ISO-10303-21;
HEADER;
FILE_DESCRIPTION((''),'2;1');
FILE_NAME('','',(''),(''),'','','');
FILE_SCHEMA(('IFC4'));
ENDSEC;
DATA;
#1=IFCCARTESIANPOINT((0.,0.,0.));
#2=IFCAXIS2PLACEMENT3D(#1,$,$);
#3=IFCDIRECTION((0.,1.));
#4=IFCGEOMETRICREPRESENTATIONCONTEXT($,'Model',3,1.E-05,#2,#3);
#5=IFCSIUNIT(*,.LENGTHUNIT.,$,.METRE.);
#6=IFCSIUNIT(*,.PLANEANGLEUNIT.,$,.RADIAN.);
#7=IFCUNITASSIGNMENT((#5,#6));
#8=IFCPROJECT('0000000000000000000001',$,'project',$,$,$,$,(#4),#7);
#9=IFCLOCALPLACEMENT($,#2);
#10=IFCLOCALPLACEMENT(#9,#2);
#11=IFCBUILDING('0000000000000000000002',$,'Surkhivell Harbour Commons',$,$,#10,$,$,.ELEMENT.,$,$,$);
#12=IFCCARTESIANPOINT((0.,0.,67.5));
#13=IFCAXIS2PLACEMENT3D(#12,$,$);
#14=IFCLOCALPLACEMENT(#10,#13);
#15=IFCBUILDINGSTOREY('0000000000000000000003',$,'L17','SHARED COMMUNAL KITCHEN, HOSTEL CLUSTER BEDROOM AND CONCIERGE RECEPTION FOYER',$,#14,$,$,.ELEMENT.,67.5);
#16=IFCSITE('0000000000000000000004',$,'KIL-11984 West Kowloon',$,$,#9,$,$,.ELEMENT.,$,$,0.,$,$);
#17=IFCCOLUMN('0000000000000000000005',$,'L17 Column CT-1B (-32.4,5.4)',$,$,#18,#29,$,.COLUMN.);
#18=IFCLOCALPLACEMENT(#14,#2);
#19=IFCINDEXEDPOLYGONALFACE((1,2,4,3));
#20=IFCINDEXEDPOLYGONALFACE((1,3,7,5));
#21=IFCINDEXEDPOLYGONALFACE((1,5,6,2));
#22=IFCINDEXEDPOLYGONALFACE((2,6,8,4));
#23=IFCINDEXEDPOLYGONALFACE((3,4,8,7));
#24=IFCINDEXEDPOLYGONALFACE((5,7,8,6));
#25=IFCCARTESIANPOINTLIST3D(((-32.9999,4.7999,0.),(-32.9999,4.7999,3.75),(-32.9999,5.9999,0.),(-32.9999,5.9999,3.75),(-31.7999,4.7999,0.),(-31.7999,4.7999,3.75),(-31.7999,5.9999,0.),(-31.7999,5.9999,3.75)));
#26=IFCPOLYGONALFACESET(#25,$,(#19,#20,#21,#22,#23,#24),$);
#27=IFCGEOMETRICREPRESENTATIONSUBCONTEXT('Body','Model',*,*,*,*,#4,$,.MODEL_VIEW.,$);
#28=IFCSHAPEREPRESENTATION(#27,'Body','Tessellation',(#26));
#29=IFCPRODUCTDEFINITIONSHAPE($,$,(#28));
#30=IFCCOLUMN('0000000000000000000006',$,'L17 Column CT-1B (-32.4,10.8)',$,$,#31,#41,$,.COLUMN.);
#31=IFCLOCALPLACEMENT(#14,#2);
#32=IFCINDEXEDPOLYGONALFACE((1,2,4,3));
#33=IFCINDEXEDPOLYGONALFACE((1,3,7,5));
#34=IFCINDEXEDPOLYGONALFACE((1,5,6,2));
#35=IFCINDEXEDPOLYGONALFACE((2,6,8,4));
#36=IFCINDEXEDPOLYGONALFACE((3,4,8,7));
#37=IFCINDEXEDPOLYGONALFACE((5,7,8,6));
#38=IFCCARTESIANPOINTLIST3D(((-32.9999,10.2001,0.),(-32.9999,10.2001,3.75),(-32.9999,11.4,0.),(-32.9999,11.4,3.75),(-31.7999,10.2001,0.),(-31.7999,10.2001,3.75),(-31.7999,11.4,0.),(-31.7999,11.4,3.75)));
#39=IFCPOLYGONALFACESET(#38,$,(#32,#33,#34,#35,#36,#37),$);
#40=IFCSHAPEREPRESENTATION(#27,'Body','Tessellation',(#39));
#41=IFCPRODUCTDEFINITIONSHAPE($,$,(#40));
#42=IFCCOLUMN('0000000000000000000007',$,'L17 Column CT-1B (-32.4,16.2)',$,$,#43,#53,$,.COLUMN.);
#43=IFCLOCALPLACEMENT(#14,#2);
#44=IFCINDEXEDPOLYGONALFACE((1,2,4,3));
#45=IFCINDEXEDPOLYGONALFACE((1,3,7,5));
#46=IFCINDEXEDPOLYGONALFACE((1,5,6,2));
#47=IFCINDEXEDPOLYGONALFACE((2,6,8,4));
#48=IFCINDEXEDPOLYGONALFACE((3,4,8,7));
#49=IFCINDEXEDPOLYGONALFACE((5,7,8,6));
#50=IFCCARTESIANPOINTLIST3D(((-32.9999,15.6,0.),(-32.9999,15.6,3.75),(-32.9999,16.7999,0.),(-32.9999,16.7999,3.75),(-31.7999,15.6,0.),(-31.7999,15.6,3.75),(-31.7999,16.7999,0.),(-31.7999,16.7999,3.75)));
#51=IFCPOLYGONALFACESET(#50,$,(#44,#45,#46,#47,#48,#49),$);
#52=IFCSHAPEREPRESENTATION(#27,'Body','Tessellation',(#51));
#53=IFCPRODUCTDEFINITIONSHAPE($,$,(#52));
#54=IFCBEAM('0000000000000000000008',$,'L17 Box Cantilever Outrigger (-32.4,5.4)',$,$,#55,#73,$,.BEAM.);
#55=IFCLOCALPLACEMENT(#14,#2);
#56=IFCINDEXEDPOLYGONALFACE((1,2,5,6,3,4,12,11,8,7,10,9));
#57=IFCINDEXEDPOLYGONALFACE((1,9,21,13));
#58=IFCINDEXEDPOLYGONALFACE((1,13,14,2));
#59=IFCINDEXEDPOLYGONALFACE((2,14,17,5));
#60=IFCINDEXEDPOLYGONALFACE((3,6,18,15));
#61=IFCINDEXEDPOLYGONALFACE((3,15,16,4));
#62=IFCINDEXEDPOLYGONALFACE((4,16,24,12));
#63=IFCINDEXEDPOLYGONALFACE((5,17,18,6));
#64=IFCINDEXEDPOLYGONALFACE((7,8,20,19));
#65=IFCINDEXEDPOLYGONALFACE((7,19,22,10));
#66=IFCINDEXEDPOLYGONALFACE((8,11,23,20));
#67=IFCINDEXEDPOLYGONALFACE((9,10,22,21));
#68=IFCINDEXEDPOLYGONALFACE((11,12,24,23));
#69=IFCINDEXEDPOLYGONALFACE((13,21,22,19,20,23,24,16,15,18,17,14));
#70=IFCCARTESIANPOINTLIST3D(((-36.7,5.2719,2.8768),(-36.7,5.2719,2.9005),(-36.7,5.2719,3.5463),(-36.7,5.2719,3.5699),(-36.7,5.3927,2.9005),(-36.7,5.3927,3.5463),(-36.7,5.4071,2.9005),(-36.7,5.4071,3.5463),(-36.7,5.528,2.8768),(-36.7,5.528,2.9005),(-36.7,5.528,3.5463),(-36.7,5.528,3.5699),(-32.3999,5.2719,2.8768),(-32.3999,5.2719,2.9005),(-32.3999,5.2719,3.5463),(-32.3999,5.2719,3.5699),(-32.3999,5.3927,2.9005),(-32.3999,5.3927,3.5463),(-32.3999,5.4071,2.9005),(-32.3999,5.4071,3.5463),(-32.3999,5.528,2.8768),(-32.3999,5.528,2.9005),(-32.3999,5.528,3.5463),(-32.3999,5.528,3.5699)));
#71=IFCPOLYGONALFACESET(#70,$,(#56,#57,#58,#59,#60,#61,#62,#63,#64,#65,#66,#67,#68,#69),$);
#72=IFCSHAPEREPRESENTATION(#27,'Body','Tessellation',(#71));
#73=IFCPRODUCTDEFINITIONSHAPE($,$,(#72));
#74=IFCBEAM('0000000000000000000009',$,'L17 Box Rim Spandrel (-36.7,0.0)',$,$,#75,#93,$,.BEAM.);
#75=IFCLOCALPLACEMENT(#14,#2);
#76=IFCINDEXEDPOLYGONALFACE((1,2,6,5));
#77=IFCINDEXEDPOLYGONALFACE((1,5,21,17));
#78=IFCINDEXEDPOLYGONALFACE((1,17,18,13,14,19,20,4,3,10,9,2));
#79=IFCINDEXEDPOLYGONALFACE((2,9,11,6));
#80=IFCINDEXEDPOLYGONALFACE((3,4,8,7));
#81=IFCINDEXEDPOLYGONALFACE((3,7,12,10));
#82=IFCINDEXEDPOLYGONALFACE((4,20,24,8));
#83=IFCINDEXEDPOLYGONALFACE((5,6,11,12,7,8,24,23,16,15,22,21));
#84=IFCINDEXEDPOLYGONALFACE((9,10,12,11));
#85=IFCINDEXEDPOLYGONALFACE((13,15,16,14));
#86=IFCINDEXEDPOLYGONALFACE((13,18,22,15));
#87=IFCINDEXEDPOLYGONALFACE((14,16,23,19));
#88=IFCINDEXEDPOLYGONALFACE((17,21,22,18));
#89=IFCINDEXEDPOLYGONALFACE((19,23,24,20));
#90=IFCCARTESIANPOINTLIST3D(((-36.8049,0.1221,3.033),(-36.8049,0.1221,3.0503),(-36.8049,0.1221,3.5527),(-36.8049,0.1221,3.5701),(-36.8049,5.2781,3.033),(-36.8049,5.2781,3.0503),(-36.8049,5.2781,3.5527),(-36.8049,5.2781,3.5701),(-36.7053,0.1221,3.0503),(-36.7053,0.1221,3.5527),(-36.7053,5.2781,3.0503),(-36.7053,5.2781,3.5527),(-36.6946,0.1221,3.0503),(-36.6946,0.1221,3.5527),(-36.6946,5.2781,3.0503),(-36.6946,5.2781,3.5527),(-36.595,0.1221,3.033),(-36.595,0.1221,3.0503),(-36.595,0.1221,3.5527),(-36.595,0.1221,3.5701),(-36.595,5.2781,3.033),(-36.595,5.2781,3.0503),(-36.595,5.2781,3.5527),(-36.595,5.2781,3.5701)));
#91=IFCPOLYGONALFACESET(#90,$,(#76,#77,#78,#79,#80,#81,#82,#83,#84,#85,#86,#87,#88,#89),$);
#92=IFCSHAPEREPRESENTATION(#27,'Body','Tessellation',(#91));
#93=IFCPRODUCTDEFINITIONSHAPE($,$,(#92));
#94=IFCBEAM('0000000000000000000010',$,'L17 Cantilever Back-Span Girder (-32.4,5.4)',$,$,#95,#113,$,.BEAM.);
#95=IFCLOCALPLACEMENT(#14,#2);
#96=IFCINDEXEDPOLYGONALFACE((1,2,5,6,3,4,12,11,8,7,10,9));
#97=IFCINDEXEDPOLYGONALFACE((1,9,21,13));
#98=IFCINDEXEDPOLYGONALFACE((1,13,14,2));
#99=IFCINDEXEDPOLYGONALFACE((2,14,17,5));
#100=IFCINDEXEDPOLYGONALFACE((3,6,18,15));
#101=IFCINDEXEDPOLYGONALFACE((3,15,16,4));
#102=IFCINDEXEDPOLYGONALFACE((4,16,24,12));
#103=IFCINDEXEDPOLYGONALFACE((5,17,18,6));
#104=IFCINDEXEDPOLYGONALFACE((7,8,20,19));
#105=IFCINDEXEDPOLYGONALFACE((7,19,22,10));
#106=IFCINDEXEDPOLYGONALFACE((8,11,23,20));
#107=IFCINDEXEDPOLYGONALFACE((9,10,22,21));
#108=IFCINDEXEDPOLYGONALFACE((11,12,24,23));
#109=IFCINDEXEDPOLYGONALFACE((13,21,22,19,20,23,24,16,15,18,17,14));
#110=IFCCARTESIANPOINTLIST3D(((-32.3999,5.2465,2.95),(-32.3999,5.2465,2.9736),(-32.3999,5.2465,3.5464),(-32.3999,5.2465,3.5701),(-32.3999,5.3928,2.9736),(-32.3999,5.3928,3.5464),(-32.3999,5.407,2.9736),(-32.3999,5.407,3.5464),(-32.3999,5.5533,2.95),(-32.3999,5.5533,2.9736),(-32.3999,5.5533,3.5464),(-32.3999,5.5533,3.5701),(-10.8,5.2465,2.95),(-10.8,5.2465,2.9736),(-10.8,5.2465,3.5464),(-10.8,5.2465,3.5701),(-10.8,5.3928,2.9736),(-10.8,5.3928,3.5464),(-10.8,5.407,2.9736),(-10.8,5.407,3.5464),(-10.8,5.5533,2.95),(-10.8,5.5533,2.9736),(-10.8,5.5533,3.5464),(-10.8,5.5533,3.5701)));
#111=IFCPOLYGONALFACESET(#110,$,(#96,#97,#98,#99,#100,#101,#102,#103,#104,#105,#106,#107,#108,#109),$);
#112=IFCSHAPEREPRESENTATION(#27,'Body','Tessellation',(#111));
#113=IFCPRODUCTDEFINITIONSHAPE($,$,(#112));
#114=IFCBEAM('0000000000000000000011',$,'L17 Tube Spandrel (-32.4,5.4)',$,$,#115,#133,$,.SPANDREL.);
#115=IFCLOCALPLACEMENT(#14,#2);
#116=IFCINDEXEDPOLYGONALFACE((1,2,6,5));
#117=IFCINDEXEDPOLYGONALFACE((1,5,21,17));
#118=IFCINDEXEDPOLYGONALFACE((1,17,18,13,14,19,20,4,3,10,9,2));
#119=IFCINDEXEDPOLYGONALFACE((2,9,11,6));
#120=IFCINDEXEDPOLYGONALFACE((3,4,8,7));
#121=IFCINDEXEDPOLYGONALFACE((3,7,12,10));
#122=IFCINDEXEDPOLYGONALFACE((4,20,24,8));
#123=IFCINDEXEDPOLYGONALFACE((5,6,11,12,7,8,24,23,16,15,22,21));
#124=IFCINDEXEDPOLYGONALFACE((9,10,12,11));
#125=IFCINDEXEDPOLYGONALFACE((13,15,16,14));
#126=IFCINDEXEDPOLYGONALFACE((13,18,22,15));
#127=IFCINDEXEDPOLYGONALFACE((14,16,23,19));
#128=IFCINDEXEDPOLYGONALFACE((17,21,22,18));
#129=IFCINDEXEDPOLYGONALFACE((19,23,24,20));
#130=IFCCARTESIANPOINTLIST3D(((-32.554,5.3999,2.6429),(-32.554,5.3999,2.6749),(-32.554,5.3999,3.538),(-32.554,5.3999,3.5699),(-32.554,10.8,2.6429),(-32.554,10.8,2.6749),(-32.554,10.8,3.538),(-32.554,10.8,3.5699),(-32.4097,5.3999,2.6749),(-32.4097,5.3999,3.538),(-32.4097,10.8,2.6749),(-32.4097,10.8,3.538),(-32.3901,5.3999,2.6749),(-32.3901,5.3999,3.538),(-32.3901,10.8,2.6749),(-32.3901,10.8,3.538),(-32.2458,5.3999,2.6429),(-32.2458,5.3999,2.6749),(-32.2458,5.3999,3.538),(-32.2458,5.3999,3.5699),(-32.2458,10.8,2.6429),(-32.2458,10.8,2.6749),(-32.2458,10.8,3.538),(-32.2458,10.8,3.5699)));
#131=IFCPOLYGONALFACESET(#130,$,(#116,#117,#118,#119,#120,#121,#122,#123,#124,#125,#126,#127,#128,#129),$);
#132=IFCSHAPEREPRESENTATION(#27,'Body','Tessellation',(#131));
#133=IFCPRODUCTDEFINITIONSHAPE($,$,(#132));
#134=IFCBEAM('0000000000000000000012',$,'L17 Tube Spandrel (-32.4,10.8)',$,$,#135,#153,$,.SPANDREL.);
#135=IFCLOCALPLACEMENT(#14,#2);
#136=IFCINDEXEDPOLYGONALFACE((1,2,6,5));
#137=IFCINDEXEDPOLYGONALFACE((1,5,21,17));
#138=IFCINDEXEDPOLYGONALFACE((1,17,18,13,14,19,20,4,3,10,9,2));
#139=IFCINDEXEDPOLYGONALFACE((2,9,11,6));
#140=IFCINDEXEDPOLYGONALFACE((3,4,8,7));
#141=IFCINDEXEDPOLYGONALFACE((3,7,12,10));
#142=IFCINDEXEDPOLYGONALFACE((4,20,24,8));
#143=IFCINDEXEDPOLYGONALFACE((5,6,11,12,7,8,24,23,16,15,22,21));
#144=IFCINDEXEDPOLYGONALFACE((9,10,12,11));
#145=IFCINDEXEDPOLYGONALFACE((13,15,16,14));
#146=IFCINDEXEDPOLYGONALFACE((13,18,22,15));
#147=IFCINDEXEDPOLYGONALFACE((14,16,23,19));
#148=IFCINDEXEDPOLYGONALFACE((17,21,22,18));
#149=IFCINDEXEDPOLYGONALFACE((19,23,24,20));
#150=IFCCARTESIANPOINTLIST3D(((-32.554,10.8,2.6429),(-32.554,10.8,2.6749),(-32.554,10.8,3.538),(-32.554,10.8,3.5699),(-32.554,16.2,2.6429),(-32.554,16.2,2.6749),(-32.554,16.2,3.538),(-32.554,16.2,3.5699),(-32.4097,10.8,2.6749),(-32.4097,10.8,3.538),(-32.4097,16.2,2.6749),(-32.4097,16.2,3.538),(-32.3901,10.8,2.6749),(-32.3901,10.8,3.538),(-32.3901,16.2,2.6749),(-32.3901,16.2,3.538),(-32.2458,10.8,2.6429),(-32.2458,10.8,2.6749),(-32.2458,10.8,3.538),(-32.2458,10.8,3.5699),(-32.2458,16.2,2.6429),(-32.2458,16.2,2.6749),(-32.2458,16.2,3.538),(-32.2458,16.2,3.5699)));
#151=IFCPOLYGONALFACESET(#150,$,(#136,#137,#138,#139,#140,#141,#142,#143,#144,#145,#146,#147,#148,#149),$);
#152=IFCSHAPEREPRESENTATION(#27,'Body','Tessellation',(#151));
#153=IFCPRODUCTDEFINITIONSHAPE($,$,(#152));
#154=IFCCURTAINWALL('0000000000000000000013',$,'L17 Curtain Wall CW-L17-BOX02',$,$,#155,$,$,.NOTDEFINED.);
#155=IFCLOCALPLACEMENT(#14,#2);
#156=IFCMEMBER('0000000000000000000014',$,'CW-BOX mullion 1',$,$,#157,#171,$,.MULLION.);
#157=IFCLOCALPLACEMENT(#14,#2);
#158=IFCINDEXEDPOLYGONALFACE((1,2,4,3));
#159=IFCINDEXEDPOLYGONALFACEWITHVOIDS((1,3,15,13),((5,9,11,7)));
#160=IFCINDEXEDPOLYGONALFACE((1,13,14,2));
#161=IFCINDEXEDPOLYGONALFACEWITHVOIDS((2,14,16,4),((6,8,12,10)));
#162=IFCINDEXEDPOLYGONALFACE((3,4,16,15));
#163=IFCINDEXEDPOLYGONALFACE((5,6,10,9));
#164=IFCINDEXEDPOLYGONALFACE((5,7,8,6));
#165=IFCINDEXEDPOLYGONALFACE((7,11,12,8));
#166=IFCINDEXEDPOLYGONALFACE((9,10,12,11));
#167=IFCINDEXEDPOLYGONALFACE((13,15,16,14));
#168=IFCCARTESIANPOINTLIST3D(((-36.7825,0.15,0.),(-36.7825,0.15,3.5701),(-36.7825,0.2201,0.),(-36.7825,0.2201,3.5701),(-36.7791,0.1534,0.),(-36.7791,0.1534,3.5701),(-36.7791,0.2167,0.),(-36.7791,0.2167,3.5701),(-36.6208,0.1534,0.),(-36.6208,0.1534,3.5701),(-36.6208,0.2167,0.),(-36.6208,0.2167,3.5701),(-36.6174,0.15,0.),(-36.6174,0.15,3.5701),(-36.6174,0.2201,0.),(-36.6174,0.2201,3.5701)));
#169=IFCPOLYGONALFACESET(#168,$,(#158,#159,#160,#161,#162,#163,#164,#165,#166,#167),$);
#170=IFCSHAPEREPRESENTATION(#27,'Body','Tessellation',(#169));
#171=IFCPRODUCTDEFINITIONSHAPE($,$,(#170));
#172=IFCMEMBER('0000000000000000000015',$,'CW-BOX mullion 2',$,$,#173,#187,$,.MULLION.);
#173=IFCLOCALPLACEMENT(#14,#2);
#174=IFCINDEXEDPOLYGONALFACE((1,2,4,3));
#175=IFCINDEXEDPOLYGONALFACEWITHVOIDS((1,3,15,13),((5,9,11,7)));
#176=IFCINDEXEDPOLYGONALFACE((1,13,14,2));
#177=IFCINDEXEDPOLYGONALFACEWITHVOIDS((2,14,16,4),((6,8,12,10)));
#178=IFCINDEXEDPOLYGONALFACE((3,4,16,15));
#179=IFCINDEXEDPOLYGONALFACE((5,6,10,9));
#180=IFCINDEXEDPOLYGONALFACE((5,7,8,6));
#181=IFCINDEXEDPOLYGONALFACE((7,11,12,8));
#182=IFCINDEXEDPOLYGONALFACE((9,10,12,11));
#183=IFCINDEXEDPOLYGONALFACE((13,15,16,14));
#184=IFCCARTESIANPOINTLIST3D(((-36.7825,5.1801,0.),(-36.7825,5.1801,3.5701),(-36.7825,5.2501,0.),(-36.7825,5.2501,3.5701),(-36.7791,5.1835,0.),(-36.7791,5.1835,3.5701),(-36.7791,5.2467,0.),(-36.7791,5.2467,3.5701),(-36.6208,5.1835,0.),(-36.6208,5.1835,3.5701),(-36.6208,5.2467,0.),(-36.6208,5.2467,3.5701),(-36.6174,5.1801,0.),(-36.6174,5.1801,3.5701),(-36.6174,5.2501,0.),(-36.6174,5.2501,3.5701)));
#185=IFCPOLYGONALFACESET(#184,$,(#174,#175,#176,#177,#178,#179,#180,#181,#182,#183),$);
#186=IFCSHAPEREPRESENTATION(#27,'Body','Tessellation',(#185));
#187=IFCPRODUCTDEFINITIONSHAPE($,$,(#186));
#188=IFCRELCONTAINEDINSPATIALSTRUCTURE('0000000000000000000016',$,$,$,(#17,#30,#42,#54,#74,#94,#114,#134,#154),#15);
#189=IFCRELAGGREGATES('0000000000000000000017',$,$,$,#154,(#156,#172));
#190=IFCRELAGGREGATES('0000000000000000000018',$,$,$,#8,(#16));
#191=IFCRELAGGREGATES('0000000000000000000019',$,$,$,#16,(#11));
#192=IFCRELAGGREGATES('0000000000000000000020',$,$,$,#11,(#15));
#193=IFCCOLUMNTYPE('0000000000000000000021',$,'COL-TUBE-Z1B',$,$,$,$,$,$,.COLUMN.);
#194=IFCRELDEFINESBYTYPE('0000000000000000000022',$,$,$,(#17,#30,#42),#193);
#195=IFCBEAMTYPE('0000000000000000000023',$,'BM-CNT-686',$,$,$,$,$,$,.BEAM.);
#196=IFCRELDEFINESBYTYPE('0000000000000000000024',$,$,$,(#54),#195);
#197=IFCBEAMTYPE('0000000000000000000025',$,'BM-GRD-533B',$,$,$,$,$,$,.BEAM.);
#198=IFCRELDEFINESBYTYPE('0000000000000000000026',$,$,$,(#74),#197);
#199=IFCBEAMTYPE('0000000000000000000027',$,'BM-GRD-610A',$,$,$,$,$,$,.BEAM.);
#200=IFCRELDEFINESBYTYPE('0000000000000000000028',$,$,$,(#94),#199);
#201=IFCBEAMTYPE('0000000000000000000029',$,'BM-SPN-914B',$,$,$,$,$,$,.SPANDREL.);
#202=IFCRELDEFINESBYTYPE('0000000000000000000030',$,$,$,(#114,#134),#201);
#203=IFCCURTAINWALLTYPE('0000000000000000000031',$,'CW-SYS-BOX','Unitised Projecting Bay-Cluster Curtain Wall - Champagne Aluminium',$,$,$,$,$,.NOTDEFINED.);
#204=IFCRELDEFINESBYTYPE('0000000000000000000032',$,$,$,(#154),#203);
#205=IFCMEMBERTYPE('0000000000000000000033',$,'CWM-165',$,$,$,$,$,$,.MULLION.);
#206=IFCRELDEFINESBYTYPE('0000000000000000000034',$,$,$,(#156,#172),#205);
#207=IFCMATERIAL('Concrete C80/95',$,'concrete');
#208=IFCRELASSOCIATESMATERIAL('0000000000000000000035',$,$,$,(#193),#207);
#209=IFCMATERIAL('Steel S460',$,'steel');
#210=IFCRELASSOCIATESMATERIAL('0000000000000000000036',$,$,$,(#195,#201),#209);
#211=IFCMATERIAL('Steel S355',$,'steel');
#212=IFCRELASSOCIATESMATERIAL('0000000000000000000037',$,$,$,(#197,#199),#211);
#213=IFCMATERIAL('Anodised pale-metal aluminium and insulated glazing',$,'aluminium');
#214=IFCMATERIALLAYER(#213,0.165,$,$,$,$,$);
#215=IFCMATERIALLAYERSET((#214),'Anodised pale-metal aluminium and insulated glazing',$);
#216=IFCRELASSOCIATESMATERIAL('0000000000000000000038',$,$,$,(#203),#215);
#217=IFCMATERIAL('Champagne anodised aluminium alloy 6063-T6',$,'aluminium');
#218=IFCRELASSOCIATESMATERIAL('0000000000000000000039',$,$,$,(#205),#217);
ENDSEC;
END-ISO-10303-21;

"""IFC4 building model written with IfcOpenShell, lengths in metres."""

from ifc_helpers import new_model, si_unit, direction, frame, origin, origin_2d, place, context, subcontext, project, spatial, rectangle, hollow_rectangle, i_section, extrude, material, layer, layer_set, material_profile, profile_set, type_object, element, aggregate, save


model = new_model("IFC4")

# Units and contexts
model_context = context("Model", 3, precision=1e-05, world=origin(), true_north=direction((0.0, 1.0)))
body_context = subcontext(model_context, "Body", "Model", "MODEL_VIEW")
ifc_project = project(units=[si_unit("LENGTHUNIT", "METRE"), si_unit("PLANEANGLEUNIT", "RADIAN")], contexts=[model_context])

# Site, building, storey
site_placement = place(None, origin())
site = spatial("IfcSite", under=ifc_project, at=site_placement, Name="KIL-11984 West Kowloon", CompositionType="ELEMENT", RefElevation=0.0)
building_placement = place(site_placement, origin())
building = spatial("IfcBuilding", under=site, at=building_placement, Name="Surkhivell Harbour Commons", CompositionType="ELEMENT")
storey_placement = place(building_placement, frame((0.0, 0.0, 67.5)))
storey = spatial("IfcBuildingStorey", under=building, at=storey_placement, Name="L17", Description="SHARED COMMUNAL KITCHEN, HOSTEL CLUSTER BEDROOM AND CONCIERGE RECEPTION FOYER", CompositionType="ELEMENT", Elevation=67.5)

# Columns
ifc_material_1 = material(Name="Concrete C80/95", Category="concrete")
ifc_material_profile_1 = material_profile(ifc_material_1, rectangle(XDim=1.2, YDim=1.2, at=origin_2d()), Name="RC-COL-1200x1200")
ifc_profile_set_1 = profile_set([ifc_material_profile_1], Name="Concrete C80/95")
column_type = type_object("IfcColumnType", Name="COL-TUBE-Z1B", PredefinedType="COLUMN", material=ifc_profile_set_1)
for number, where, z_axis, x_axis, name in (
    (1, (-32.3999, 5.3999, 0.0), (0.0, 0.0, 1.0), (1.0, 0.0, 0.0), "L17 Column CT-1B (-32.4,5.4)"),
    (2, (-32.3999, 10.8, 0.0), (0.0, 0.0, 1.0), (1.0, 0.0, 0.0), "L17 Column CT-1B (-32.4,10.8)"),
    (3, (-32.3999, 16.2, 0.0), (0.0, 0.0, 1.0), (1.0, 0.0, 0.0), "L17 Column CT-1B (-32.4,16.2)"),
):
    element("IfcColumn", number, at=place(storey_placement, frame(where, z_axis=z_axis, x_axis=x_axis)), inside=storey, type_object=column_type, Name=name, PredefinedType="COLUMN", context=body_context, shape_type="SweptSolid", body=[
        extrude(rectangle(XDim=1.2, YDim=1.2, at=origin_2d()), origin(), (0.0, 0.0, 1.0), 3.75),
    ])

# Beams
ifc_material_2 = material(Name="Steel S460", Category="steel")
ifc_material_profile_2 = material_profile(ifc_material_2, i_section(OverallWidth=0.2561, OverallDepth=0.6931, WebThickness=0.0144, FlangeThickness=0.0237, at=origin_2d()), Name="UB686x254x170")
ifc_profile_set_2 = profile_set([ifc_material_profile_2], Name="Steel S460")
beam_type_1 = type_object("IfcBeamType", Name="BM-CNT-686", PredefinedType="BEAM", material=ifc_profile_set_2)
beam_1_placement = place(storey_placement, frame((-32.3999, 5.3999, 3.2234), z_axis=(-1.0, 0.0, 0.0), x_axis=(0.0, -1.0, 0.0)))
element("IfcBeam", 4, at=beam_1_placement, inside=storey, type_object=beam_type_1, Name="L17 Box Cantilever Outrigger (-32.4,5.4)", PredefinedType="BEAM", context=body_context, shape_type="SweptSolid", body=[
    extrude(i_section(OverallWidth=0.2561, OverallDepth=0.6931, WebThickness=0.0144, FlangeThickness=0.0237, at=origin_2d()), origin(), (0.0, 0.0, 1.0), 4.3),
])
ifc_material_3 = material(Name="Steel S355", Category="steel")
ifc_material_profile_3 = material_profile(ifc_material_3, i_section(OverallWidth=0.21, OverallDepth=0.5371, WebThickness=0.0107, FlangeThickness=0.0173, at=origin_2d()), Name="UB533x210x101")
ifc_profile_set_3 = profile_set([ifc_material_profile_3], Name="Steel S355")
beam_type_2 = type_object("IfcBeamType", Name="BM-GRD-533B", PredefinedType="BEAM", material=ifc_profile_set_3)
beam_2_placement = place(storey_placement, frame((-36.7, 0.1221, 3.3015), z_axis=(0.0, 1.0, 0.0), x_axis=(-1.0, 0.0, 0.0)))
element("IfcBeam", 5, at=beam_2_placement, inside=storey, type_object=beam_type_2, Name="L17 Box Rim Spandrel (-36.7,0.0)", PredefinedType="BEAM", context=body_context, shape_type="SweptSolid", body=[
    extrude(i_section(OverallWidth=0.21, OverallDepth=0.5371, WebThickness=0.0107, FlangeThickness=0.0173, at=origin_2d()), origin(), (0.0, 0.0, 1.0), 5.156),
])
ifc_material_profile_4 = material_profile(ifc_material_3, i_section(OverallWidth=0.3069, OverallDepth=0.6201, WebThickness=0.0142, FlangeThickness=0.0237, at=origin_2d()), Name="UB610x305x179")
ifc_profile_set_4 = profile_set([ifc_material_profile_4], Name="Steel S355")
beam_type_3 = type_object("IfcBeamType", Name="BM-GRD-610A", PredefinedType="BEAM", material=ifc_profile_set_4)
beam_3_placement = place(storey_placement, frame((-32.3999, 5.3999, 3.26), z_axis=(1.0, 0.0, 0.0), x_axis=(0.0, 1.0, 0.0)))
element("IfcBeam", 6, at=beam_3_placement, inside=storey, type_object=beam_type_3, Name="L17 Cantilever Back-Span Girder (-32.4,5.4)", PredefinedType="BEAM", context=body_context, shape_type="SweptSolid", body=[
    extrude(i_section(OverallWidth=0.3069, OverallDepth=0.6201, WebThickness=0.0142, FlangeThickness=0.0237, at=origin_2d()), origin(), (0.0, 0.0, 1.0), 21.5999),
])
ifc_material_profile_5 = material_profile(ifc_material_2, i_section(OverallWidth=0.3081, OverallDepth=0.927, WebThickness=0.0195, FlangeThickness=0.032, at=origin_2d()), Name="UB914x305x289")
ifc_profile_set_5 = profile_set([ifc_material_profile_5], Name="Steel S460")
beam_type_4 = type_object("IfcBeamType", Name="BM-SPN-914B", PredefinedType="SPANDREL", material=ifc_profile_set_5)
beam_4_placement = place(storey_placement, frame((-32.3999, 5.3999, 3.1064), z_axis=(0.0, 1.0, 0.0), x_axis=(-1.0, 0.0, 0.0)))
element("IfcBeam", 7, at=beam_4_placement, inside=storey, type_object=beam_type_4, Name="L17 Tube Spandrel (-32.4,5.4)", PredefinedType="SPANDREL", context=body_context, shape_type="SweptSolid", body=[
    extrude(i_section(OverallWidth=0.3081, OverallDepth=0.927, WebThickness=0.0195, FlangeThickness=0.032, at=origin_2d()), origin(), (0.0, 0.0, 1.0), 5.4001),
])
beam_5_placement = place(storey_placement, frame((-32.3999, 10.8, 3.1064), z_axis=(0.0, 1.0, 0.0), x_axis=(-1.0, 0.0, 0.0)))
element("IfcBeam", 8, at=beam_5_placement, inside=storey, type_object=beam_type_4, Name="L17 Tube Spandrel (-32.4,10.8)", PredefinedType="SPANDREL", context=body_context, shape_type="SweptSolid", body=[
    extrude(i_section(OverallWidth=0.3081, OverallDepth=0.927, WebThickness=0.0195, FlangeThickness=0.032, at=origin_2d()), origin(), (0.0, 0.0, 1.0), 5.3999),
])

# Curtain wall, members
ifc_material_4 = material(Name="Anodised pale-metal aluminium and insulated glazing", Category="aluminium")
ifc_layer_1 = layer(ifc_material_4, 0.165)
ifc_layer_set_1 = layer_set([ifc_layer_1], Name="Anodised pale-metal aluminium and insulated glazing")
curtain_wall_type_1 = type_object("IfcCurtainWallType", Name="CW-SYS-BOX", Description="Unitised Projecting Bay-Cluster Curtain Wall - Champagne Aluminium", PredefinedType="NOTDEFINED", material=ifc_layer_set_1)
curtain_wall_1_placement = place(storey_placement, origin())
curtain_wall_1 = element("IfcCurtainWall", 9, at=curtain_wall_1_placement, inside=storey, type_object=curtain_wall_type_1, Name="L17 Curtain Wall CW-L17-BOX02", PredefinedType="NOTDEFINED")
ifc_material_5 = material(Name="Champagne anodised aluminium alloy 6063-T6", Category="aluminium")
ifc_material_profile_6 = material_profile(ifc_material_5, hollow_rectangle(XDim=0.0701, YDim=0.165, WallThickness=0.0034, at=origin_2d()), Name="ALU-MULL-70x165")
ifc_profile_set_6 = profile_set([ifc_material_profile_6], Name="Champagne anodised aluminium alloy 6063-T6")
member_type_1 = type_object("IfcMemberType", Name="CWM-165", PredefinedType="MULLION", material=ifc_profile_set_6)
member_1_placement = place(storey_placement, frame((-36.7, 0.1851, 0.0), z_axis=(0.0, 0.0, 1.0), x_axis=(0.0, 1.0, 0.0)))
member_1 = element("IfcMember", 10, at=member_1_placement, type_object=member_type_1, Name="CW-BOX mullion 1", PredefinedType="MULLION", context=body_context, shape_type="SweptSolid", body=[
    extrude(hollow_rectangle(XDim=0.0701, YDim=0.165, WallThickness=0.0034, at=origin_2d()), origin(), (0.0, 0.0, 1.0), 3.5701),
])
member_2_placement = place(storey_placement, frame((-36.7, 5.2151, 0.0), z_axis=(0.0, 0.0, 1.0), x_axis=(0.0, 1.0, 0.0)))
member_2 = element("IfcMember", 11, at=member_2_placement, type_object=member_type_1, Name="CW-BOX mullion 2", PredefinedType="MULLION", context=body_context, shape_type="SweptSolid", body=[
    extrude(hollow_rectangle(XDim=0.0701, YDim=0.165, WallThickness=0.0034, at=origin_2d()), origin(), (0.0, 0.0, 1.0), 3.5701),
])

aggregate(curtain_wall_1, [member_1, member_2])

save(model, "model.ifc")
